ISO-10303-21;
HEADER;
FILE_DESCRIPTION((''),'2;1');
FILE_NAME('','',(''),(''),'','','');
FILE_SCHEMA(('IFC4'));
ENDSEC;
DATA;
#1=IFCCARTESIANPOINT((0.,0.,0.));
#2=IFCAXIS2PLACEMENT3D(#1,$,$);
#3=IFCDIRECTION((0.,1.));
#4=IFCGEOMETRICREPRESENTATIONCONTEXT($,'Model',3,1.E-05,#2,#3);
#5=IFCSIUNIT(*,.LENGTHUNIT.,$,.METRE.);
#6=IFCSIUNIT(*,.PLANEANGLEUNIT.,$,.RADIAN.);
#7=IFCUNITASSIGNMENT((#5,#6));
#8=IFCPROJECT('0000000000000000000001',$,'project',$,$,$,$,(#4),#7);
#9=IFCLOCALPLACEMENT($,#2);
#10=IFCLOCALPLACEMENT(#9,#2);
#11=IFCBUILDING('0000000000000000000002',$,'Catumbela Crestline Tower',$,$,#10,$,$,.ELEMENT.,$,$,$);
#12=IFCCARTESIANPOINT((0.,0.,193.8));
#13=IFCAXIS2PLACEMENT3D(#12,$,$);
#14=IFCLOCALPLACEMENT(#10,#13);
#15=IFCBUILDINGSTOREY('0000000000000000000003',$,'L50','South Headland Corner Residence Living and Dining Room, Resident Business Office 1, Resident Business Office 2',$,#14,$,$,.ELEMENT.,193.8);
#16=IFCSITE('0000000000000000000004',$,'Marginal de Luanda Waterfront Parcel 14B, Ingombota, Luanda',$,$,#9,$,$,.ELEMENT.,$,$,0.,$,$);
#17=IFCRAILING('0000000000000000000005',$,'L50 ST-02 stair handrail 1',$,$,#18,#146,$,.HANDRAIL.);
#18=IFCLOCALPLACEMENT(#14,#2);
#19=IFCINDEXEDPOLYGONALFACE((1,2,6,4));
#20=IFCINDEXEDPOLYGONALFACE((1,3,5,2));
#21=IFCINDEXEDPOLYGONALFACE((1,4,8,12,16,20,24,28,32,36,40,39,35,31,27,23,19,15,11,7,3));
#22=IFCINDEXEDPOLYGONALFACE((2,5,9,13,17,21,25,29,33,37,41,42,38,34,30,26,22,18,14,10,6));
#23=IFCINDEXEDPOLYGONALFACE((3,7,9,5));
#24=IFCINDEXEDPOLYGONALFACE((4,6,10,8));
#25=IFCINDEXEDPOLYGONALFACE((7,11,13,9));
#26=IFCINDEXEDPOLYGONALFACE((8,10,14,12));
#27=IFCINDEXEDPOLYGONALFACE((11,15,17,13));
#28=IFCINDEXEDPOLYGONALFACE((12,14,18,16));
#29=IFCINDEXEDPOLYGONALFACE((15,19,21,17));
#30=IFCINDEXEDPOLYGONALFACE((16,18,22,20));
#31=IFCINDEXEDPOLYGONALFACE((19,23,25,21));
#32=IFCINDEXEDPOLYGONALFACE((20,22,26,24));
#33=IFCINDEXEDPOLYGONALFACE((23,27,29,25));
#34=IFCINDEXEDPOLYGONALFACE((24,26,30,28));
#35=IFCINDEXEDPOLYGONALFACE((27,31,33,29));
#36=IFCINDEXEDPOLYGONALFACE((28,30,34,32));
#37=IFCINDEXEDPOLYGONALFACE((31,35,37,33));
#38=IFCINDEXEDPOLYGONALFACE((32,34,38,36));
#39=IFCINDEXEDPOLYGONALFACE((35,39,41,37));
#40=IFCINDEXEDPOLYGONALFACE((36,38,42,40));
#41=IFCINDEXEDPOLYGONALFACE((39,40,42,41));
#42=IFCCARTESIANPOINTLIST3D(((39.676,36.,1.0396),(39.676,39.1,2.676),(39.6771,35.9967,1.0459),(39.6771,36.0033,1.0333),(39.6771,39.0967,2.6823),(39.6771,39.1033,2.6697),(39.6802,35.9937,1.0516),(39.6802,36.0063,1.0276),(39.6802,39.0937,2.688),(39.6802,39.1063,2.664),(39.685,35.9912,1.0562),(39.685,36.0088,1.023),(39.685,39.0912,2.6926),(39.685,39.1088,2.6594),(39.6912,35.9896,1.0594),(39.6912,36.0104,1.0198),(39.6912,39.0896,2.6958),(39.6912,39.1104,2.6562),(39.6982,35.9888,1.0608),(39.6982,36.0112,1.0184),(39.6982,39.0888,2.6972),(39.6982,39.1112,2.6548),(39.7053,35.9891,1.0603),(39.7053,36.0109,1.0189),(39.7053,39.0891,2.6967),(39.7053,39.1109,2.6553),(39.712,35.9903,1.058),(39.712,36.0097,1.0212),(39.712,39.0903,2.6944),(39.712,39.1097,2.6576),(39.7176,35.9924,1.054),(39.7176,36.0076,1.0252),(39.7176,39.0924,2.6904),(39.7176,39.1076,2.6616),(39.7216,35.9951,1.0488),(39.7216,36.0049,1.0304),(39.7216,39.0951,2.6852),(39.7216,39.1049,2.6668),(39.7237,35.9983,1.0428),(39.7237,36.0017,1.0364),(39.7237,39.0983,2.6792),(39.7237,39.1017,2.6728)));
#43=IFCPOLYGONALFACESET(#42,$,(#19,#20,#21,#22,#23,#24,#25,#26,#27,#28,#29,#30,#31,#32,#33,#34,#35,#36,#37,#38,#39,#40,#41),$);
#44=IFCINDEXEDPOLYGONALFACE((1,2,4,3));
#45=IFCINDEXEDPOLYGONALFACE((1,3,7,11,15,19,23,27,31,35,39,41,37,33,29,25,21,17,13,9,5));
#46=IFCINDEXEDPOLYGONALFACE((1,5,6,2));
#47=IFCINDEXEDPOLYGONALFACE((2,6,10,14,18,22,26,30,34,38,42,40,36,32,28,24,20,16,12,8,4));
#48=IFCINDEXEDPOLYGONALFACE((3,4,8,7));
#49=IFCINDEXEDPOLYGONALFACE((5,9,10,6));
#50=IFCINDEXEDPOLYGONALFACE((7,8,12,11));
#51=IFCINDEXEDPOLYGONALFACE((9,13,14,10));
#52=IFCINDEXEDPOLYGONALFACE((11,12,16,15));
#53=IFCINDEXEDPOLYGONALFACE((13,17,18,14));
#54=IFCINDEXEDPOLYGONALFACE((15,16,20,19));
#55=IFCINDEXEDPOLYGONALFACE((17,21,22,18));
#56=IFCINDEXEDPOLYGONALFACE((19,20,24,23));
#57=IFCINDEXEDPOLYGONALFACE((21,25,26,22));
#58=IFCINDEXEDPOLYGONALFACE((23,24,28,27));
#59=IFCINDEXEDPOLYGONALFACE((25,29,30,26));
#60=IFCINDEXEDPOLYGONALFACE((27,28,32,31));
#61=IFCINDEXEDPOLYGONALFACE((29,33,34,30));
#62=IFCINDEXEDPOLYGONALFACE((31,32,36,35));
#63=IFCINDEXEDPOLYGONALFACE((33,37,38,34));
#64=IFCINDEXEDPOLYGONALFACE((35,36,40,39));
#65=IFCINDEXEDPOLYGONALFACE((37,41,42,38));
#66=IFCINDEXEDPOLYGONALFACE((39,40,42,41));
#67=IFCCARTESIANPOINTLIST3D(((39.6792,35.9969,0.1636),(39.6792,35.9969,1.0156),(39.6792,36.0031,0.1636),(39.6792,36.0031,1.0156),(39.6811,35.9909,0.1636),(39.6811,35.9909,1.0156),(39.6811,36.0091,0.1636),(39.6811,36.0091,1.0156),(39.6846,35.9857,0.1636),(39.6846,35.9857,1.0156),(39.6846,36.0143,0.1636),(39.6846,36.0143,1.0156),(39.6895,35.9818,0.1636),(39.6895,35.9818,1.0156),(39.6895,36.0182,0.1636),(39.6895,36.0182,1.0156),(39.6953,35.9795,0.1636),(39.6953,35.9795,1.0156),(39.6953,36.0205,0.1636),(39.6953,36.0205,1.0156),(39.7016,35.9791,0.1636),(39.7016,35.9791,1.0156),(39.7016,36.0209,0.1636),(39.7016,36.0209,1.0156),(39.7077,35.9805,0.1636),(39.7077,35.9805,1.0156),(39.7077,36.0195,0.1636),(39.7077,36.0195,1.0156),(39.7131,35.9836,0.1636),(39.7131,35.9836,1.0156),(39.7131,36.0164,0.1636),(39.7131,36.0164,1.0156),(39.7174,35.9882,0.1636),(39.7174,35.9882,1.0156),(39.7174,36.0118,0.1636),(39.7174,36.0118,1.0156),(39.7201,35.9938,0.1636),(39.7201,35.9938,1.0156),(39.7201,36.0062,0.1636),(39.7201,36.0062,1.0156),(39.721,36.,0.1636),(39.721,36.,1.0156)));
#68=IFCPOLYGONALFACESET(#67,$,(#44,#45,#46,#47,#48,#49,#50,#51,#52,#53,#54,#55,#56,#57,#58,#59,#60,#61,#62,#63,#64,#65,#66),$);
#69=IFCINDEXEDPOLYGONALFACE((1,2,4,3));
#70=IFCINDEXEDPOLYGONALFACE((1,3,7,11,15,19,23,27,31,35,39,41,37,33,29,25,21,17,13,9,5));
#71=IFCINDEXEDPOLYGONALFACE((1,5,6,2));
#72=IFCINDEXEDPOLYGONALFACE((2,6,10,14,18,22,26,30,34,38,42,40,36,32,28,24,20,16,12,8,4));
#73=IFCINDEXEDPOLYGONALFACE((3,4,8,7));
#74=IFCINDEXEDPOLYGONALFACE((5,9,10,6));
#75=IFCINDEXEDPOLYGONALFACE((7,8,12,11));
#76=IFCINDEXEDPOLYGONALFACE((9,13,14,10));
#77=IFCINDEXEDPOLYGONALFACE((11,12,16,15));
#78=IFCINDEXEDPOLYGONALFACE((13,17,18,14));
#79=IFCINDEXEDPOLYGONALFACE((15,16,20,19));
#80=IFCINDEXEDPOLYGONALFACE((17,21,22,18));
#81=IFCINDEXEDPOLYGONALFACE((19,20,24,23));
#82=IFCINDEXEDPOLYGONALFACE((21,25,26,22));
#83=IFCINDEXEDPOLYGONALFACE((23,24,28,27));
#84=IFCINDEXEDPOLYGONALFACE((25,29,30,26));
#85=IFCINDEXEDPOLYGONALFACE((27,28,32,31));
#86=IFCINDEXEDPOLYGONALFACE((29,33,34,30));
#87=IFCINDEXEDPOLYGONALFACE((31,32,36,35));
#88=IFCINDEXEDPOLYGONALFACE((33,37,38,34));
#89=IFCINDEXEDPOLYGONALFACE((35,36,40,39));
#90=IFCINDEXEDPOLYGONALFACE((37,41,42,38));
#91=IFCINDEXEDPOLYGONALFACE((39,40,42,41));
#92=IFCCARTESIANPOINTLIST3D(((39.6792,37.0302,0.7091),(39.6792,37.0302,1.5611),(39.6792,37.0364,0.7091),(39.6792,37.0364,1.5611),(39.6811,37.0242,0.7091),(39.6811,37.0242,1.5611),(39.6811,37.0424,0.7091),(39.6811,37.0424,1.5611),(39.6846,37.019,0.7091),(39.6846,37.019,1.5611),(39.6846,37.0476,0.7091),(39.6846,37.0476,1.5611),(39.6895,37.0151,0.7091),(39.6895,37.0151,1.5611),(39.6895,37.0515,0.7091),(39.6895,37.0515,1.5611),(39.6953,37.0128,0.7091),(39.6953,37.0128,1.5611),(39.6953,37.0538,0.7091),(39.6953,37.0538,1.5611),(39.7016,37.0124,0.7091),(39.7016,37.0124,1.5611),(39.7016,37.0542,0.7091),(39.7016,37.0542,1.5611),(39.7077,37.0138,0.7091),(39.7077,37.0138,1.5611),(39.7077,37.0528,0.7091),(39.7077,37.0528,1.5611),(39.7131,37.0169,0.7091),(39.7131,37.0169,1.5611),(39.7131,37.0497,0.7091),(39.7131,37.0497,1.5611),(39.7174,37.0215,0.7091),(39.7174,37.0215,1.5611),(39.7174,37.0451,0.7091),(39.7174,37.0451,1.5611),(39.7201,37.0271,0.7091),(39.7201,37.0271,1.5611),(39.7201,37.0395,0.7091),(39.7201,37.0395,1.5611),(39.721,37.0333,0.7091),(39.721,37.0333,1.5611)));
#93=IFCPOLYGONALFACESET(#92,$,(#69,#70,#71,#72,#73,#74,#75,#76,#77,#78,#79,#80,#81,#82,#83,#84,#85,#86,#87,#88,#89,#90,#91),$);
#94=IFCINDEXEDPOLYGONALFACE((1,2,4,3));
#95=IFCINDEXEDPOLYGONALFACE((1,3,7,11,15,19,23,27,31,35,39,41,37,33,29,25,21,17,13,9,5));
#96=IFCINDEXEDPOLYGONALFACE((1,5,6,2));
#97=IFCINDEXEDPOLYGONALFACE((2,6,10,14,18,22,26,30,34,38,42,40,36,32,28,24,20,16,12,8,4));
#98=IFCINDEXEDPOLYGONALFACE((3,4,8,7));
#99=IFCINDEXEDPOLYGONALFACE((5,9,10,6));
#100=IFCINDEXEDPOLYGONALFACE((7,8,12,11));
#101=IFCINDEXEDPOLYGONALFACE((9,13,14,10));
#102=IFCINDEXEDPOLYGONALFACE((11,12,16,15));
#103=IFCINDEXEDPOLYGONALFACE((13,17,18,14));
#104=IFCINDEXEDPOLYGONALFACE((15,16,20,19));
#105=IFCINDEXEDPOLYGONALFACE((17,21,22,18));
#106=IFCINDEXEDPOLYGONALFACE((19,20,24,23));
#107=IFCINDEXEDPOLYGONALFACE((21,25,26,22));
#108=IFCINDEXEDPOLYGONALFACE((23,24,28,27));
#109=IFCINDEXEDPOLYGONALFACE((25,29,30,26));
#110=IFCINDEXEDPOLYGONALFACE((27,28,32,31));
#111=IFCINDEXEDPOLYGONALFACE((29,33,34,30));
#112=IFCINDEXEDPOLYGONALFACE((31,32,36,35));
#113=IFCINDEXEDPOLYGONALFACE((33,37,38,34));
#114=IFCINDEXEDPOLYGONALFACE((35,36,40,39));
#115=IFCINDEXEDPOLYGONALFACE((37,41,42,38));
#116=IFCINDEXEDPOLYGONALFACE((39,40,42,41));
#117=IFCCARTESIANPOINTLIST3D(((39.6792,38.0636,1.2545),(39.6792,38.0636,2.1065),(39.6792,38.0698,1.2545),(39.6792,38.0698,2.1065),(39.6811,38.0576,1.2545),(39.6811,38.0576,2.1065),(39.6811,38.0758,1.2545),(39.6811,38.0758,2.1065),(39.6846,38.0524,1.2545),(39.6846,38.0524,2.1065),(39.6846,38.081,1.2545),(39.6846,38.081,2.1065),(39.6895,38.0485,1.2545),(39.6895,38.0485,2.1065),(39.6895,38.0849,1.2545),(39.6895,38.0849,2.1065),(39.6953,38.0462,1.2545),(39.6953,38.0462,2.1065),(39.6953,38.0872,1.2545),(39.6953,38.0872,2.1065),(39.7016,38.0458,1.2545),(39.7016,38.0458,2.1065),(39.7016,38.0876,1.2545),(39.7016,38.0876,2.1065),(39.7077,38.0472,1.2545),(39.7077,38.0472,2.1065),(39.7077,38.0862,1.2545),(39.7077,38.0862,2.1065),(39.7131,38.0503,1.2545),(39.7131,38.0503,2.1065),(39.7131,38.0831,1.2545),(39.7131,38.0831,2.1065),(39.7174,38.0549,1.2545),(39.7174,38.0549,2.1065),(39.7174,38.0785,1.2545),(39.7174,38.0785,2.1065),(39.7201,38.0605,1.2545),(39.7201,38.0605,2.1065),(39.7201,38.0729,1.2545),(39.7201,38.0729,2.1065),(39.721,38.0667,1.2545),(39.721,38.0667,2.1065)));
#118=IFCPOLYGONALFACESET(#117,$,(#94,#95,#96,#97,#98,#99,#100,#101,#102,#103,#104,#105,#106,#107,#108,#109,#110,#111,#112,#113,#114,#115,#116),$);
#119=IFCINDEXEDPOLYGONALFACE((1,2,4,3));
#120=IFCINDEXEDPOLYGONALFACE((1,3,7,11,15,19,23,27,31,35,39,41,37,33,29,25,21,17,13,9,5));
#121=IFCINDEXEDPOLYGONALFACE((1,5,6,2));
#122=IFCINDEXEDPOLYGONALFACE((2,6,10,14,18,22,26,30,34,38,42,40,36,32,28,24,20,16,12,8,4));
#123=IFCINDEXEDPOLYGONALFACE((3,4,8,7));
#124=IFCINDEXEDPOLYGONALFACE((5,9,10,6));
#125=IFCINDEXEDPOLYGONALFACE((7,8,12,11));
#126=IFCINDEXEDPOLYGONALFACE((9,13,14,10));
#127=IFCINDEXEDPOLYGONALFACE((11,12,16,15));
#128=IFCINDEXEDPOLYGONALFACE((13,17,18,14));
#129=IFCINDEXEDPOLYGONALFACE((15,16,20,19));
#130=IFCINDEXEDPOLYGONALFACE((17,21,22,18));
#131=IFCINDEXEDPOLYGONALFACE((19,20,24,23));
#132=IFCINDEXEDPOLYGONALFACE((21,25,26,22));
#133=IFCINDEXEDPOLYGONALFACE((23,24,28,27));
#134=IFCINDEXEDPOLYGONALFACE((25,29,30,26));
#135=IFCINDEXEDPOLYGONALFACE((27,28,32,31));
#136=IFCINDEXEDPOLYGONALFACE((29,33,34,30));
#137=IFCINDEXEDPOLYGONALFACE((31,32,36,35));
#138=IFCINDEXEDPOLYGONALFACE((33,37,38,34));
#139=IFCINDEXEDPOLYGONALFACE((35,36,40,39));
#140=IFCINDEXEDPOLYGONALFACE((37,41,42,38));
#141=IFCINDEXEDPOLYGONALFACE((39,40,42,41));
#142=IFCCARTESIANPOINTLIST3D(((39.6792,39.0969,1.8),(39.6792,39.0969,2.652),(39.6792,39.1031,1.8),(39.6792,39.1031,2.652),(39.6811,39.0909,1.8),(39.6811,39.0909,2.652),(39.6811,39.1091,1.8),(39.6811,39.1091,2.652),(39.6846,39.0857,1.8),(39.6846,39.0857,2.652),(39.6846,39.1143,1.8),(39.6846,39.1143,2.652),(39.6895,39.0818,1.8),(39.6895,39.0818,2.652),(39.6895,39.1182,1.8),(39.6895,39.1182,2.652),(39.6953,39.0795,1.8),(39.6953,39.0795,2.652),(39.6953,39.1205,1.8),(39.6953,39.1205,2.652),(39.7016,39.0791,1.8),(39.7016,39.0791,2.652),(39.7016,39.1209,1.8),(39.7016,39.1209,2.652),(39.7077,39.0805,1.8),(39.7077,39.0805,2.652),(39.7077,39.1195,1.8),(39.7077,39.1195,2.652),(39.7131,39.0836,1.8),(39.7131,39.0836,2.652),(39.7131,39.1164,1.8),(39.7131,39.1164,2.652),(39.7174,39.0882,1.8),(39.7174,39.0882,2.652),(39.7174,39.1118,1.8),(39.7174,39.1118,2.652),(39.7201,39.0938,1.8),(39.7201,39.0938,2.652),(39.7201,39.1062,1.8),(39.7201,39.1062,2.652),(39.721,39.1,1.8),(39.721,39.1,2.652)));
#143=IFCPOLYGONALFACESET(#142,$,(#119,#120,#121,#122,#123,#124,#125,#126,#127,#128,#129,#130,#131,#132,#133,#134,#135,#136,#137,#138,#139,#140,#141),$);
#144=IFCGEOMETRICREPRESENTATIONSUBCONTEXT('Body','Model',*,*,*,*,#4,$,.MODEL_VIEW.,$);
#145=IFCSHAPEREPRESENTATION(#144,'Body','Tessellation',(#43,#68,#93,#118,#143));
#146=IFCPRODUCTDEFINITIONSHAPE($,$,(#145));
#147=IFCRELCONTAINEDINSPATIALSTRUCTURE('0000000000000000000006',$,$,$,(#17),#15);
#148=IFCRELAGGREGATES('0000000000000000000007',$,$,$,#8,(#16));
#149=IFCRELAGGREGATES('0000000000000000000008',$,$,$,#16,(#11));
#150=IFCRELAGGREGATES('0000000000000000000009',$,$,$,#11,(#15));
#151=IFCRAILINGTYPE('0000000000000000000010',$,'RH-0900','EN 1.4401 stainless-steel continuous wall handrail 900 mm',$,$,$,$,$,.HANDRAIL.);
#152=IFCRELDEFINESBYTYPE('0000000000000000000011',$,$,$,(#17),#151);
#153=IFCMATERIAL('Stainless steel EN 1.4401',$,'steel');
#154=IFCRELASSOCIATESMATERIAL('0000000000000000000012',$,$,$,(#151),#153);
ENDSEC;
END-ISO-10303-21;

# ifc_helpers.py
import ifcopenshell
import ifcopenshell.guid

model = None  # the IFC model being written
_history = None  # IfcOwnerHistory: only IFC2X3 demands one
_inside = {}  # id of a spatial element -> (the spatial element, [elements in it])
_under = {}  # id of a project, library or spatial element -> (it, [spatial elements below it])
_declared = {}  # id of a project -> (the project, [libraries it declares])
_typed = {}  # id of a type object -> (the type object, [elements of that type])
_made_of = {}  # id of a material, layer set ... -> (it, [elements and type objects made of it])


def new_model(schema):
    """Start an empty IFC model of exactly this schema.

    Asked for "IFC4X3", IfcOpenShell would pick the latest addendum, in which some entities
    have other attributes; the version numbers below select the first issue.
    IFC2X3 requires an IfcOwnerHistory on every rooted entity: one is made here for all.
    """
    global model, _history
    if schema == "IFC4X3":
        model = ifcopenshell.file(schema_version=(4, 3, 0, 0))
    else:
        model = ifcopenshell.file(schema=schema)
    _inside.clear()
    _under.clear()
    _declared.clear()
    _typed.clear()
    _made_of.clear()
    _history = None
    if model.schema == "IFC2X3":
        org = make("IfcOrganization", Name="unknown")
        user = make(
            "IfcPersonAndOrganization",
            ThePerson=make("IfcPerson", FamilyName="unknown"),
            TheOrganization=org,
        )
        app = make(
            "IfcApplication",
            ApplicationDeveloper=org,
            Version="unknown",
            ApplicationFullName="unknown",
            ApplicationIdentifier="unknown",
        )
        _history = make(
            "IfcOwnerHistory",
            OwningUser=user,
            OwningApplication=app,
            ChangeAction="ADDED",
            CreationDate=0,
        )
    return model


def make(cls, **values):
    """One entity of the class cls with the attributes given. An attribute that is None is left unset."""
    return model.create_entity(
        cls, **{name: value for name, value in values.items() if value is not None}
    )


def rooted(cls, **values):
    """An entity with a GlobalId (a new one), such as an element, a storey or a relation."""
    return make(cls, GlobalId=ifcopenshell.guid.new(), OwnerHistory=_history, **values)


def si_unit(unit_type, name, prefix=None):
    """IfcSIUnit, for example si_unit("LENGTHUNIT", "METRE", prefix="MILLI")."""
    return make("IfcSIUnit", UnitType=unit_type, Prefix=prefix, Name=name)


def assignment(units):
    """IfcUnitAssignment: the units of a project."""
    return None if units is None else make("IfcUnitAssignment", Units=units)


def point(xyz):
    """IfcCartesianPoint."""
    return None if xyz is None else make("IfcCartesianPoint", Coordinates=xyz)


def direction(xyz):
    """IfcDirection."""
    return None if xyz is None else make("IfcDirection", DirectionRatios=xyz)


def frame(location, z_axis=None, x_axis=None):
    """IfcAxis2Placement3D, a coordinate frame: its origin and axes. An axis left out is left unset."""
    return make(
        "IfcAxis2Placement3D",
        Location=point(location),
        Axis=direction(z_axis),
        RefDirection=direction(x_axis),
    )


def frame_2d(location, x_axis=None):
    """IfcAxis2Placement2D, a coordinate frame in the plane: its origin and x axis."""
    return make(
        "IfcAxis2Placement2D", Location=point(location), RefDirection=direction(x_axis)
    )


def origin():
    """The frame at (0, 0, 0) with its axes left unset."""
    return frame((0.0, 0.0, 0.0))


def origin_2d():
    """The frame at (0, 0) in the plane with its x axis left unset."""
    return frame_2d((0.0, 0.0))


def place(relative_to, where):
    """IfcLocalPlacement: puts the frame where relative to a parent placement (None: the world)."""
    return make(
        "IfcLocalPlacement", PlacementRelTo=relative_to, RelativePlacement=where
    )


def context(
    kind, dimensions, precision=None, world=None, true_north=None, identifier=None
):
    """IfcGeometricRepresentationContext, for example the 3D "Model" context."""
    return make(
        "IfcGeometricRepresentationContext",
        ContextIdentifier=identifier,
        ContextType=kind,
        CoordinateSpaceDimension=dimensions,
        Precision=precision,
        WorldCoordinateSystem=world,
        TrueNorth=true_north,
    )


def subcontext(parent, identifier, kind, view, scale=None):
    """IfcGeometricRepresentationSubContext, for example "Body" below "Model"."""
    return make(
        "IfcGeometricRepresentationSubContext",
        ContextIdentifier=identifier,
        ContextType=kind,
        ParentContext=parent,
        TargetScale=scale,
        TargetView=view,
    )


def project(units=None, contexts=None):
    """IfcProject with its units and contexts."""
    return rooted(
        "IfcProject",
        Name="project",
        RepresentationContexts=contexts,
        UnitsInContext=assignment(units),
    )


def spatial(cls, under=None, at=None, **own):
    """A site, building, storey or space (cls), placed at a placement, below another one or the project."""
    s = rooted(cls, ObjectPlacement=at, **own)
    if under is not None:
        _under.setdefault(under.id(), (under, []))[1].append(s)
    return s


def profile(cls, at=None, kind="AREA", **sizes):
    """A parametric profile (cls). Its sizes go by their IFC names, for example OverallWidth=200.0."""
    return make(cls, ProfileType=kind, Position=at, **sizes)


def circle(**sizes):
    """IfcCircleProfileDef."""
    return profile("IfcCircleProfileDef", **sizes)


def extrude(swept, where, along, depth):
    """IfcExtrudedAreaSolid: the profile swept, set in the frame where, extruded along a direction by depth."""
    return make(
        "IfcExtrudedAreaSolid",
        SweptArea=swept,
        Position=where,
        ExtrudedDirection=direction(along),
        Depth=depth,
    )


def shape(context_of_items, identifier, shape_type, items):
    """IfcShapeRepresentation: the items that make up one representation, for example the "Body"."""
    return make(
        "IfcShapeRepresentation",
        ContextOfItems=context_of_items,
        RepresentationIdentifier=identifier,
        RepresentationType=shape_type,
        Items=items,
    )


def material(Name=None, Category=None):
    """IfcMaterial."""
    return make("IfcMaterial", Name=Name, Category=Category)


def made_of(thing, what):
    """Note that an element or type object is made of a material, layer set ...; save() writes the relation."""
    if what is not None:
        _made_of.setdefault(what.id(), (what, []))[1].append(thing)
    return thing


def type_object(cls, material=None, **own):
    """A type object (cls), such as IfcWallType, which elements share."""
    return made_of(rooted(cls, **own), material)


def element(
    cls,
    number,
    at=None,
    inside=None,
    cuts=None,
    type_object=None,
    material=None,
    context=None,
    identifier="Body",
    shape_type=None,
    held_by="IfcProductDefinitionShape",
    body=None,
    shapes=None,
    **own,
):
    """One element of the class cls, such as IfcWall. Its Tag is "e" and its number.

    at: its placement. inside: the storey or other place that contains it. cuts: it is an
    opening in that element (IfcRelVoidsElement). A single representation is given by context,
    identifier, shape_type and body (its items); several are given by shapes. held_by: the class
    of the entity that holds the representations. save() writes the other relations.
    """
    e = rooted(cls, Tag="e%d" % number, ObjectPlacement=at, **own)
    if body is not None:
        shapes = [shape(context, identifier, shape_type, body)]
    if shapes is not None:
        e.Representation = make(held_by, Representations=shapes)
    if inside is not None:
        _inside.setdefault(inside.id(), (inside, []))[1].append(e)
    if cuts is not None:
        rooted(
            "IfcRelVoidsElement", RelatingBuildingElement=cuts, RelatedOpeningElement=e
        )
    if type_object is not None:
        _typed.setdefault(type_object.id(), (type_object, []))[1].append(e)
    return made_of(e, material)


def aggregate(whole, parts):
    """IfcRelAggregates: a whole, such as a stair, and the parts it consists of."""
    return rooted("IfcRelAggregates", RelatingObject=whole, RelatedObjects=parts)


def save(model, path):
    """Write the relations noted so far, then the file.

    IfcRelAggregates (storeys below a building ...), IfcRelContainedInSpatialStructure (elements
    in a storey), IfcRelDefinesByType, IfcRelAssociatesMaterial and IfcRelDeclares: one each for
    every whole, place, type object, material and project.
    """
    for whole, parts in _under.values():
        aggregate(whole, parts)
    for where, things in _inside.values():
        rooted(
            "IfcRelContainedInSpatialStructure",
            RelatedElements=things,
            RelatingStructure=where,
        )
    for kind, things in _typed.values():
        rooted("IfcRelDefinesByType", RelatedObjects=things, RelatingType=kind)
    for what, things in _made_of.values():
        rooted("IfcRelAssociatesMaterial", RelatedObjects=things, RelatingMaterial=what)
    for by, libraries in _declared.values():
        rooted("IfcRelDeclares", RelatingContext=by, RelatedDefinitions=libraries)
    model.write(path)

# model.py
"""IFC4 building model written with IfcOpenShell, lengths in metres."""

from ifc_helpers import new_model, si_unit, direction, frame, origin, origin_2d, place, context, subcontext, project, spatial, circle, extrude, material, type_object, element, save


model = new_model("IFC4")

# Units and contexts
model_context = context("Model", 3, precision=1e-05, world=origin(), true_north=direction((0.0, 1.0)))
body_context = subcontext(model_context, "Body", "Model", "MODEL_VIEW")
ifc_project = project(units=[si_unit("LENGTHUNIT", "METRE"), si_unit("PLANEANGLEUNIT", "RADIAN")], contexts=[model_context])

# Site, building, storey
site_placement = place(None, origin())
site = spatial("IfcSite", under=ifc_project, at=site_placement, Name="Marginal de Luanda Waterfront Parcel 14B, Ingombota, Luanda", CompositionType="ELEMENT", RefElevation=0.0)
building_placement = place(site_placement, origin())
building = spatial("IfcBuilding", under=site, at=building_placement, Name="Catumbela Crestline Tower", CompositionType="ELEMENT")
storey_placement = place(building_placement, frame((0.0, 0.0, 193.8)))
storey = spatial("IfcBuildingStorey", under=building, at=storey_placement, Name="L50", Description="South Headland Corner Residence Living and Dining Room, Resident Business Office 1, Resident Business Office 2", CompositionType="ELEMENT", Elevation=193.8)

# Shared definitions
ifc_material_1 = material(Name="Stainless steel EN 1.4401", Category="steel")

# Railing
railing_type_1 = type_object("IfcRailingType", Name="RH-0900", Description="EN 1.4401 stainless-steel continuous wall handrail 900 mm", PredefinedType="HANDRAIL", material=ifc_material_1)
railing_1_placement = place(storey_placement, frame((39.7, 36.0, 0.1636)))
element("IfcRailing", 1, at=railing_1_placement, inside=storey, type_object=railing_type_1, Name="L50 ST-02 stair handrail 1", PredefinedType="HANDRAIL", context=body_context, shape_type="SweptSolid", body=[
    extrude(circle(Radius=0.024, at=origin_2d()), frame((0.0, 0.0, 0.876), z_axis=(0.0, 0.884351, 0.466823), x_axis=(-1.0, 0.0, 0.0)), (0.0, 0.0, 1.0), 3.5054),
    extrude(circle(Radius=0.021, at=origin_2d()), origin(), (0.0, 0.0, 1.0), 0.852),
    extrude(circle(Radius=0.021, at=origin_2d()), frame((0.0, 1.0333, 0.5455)), (0.0, 0.0, 1.0), 0.852),
    extrude(circle(Radius=0.021, at=origin_2d()), frame((0.0, 2.0667, 1.0909)), (0.0, 0.0, 1.0), 0.852),
    extrude(circle(Radius=0.021, at=origin_2d()), frame((0.0, 3.1, 1.6364)), (0.0, 0.0, 1.0), 0.852),
])

save(model, "model.ifc")
